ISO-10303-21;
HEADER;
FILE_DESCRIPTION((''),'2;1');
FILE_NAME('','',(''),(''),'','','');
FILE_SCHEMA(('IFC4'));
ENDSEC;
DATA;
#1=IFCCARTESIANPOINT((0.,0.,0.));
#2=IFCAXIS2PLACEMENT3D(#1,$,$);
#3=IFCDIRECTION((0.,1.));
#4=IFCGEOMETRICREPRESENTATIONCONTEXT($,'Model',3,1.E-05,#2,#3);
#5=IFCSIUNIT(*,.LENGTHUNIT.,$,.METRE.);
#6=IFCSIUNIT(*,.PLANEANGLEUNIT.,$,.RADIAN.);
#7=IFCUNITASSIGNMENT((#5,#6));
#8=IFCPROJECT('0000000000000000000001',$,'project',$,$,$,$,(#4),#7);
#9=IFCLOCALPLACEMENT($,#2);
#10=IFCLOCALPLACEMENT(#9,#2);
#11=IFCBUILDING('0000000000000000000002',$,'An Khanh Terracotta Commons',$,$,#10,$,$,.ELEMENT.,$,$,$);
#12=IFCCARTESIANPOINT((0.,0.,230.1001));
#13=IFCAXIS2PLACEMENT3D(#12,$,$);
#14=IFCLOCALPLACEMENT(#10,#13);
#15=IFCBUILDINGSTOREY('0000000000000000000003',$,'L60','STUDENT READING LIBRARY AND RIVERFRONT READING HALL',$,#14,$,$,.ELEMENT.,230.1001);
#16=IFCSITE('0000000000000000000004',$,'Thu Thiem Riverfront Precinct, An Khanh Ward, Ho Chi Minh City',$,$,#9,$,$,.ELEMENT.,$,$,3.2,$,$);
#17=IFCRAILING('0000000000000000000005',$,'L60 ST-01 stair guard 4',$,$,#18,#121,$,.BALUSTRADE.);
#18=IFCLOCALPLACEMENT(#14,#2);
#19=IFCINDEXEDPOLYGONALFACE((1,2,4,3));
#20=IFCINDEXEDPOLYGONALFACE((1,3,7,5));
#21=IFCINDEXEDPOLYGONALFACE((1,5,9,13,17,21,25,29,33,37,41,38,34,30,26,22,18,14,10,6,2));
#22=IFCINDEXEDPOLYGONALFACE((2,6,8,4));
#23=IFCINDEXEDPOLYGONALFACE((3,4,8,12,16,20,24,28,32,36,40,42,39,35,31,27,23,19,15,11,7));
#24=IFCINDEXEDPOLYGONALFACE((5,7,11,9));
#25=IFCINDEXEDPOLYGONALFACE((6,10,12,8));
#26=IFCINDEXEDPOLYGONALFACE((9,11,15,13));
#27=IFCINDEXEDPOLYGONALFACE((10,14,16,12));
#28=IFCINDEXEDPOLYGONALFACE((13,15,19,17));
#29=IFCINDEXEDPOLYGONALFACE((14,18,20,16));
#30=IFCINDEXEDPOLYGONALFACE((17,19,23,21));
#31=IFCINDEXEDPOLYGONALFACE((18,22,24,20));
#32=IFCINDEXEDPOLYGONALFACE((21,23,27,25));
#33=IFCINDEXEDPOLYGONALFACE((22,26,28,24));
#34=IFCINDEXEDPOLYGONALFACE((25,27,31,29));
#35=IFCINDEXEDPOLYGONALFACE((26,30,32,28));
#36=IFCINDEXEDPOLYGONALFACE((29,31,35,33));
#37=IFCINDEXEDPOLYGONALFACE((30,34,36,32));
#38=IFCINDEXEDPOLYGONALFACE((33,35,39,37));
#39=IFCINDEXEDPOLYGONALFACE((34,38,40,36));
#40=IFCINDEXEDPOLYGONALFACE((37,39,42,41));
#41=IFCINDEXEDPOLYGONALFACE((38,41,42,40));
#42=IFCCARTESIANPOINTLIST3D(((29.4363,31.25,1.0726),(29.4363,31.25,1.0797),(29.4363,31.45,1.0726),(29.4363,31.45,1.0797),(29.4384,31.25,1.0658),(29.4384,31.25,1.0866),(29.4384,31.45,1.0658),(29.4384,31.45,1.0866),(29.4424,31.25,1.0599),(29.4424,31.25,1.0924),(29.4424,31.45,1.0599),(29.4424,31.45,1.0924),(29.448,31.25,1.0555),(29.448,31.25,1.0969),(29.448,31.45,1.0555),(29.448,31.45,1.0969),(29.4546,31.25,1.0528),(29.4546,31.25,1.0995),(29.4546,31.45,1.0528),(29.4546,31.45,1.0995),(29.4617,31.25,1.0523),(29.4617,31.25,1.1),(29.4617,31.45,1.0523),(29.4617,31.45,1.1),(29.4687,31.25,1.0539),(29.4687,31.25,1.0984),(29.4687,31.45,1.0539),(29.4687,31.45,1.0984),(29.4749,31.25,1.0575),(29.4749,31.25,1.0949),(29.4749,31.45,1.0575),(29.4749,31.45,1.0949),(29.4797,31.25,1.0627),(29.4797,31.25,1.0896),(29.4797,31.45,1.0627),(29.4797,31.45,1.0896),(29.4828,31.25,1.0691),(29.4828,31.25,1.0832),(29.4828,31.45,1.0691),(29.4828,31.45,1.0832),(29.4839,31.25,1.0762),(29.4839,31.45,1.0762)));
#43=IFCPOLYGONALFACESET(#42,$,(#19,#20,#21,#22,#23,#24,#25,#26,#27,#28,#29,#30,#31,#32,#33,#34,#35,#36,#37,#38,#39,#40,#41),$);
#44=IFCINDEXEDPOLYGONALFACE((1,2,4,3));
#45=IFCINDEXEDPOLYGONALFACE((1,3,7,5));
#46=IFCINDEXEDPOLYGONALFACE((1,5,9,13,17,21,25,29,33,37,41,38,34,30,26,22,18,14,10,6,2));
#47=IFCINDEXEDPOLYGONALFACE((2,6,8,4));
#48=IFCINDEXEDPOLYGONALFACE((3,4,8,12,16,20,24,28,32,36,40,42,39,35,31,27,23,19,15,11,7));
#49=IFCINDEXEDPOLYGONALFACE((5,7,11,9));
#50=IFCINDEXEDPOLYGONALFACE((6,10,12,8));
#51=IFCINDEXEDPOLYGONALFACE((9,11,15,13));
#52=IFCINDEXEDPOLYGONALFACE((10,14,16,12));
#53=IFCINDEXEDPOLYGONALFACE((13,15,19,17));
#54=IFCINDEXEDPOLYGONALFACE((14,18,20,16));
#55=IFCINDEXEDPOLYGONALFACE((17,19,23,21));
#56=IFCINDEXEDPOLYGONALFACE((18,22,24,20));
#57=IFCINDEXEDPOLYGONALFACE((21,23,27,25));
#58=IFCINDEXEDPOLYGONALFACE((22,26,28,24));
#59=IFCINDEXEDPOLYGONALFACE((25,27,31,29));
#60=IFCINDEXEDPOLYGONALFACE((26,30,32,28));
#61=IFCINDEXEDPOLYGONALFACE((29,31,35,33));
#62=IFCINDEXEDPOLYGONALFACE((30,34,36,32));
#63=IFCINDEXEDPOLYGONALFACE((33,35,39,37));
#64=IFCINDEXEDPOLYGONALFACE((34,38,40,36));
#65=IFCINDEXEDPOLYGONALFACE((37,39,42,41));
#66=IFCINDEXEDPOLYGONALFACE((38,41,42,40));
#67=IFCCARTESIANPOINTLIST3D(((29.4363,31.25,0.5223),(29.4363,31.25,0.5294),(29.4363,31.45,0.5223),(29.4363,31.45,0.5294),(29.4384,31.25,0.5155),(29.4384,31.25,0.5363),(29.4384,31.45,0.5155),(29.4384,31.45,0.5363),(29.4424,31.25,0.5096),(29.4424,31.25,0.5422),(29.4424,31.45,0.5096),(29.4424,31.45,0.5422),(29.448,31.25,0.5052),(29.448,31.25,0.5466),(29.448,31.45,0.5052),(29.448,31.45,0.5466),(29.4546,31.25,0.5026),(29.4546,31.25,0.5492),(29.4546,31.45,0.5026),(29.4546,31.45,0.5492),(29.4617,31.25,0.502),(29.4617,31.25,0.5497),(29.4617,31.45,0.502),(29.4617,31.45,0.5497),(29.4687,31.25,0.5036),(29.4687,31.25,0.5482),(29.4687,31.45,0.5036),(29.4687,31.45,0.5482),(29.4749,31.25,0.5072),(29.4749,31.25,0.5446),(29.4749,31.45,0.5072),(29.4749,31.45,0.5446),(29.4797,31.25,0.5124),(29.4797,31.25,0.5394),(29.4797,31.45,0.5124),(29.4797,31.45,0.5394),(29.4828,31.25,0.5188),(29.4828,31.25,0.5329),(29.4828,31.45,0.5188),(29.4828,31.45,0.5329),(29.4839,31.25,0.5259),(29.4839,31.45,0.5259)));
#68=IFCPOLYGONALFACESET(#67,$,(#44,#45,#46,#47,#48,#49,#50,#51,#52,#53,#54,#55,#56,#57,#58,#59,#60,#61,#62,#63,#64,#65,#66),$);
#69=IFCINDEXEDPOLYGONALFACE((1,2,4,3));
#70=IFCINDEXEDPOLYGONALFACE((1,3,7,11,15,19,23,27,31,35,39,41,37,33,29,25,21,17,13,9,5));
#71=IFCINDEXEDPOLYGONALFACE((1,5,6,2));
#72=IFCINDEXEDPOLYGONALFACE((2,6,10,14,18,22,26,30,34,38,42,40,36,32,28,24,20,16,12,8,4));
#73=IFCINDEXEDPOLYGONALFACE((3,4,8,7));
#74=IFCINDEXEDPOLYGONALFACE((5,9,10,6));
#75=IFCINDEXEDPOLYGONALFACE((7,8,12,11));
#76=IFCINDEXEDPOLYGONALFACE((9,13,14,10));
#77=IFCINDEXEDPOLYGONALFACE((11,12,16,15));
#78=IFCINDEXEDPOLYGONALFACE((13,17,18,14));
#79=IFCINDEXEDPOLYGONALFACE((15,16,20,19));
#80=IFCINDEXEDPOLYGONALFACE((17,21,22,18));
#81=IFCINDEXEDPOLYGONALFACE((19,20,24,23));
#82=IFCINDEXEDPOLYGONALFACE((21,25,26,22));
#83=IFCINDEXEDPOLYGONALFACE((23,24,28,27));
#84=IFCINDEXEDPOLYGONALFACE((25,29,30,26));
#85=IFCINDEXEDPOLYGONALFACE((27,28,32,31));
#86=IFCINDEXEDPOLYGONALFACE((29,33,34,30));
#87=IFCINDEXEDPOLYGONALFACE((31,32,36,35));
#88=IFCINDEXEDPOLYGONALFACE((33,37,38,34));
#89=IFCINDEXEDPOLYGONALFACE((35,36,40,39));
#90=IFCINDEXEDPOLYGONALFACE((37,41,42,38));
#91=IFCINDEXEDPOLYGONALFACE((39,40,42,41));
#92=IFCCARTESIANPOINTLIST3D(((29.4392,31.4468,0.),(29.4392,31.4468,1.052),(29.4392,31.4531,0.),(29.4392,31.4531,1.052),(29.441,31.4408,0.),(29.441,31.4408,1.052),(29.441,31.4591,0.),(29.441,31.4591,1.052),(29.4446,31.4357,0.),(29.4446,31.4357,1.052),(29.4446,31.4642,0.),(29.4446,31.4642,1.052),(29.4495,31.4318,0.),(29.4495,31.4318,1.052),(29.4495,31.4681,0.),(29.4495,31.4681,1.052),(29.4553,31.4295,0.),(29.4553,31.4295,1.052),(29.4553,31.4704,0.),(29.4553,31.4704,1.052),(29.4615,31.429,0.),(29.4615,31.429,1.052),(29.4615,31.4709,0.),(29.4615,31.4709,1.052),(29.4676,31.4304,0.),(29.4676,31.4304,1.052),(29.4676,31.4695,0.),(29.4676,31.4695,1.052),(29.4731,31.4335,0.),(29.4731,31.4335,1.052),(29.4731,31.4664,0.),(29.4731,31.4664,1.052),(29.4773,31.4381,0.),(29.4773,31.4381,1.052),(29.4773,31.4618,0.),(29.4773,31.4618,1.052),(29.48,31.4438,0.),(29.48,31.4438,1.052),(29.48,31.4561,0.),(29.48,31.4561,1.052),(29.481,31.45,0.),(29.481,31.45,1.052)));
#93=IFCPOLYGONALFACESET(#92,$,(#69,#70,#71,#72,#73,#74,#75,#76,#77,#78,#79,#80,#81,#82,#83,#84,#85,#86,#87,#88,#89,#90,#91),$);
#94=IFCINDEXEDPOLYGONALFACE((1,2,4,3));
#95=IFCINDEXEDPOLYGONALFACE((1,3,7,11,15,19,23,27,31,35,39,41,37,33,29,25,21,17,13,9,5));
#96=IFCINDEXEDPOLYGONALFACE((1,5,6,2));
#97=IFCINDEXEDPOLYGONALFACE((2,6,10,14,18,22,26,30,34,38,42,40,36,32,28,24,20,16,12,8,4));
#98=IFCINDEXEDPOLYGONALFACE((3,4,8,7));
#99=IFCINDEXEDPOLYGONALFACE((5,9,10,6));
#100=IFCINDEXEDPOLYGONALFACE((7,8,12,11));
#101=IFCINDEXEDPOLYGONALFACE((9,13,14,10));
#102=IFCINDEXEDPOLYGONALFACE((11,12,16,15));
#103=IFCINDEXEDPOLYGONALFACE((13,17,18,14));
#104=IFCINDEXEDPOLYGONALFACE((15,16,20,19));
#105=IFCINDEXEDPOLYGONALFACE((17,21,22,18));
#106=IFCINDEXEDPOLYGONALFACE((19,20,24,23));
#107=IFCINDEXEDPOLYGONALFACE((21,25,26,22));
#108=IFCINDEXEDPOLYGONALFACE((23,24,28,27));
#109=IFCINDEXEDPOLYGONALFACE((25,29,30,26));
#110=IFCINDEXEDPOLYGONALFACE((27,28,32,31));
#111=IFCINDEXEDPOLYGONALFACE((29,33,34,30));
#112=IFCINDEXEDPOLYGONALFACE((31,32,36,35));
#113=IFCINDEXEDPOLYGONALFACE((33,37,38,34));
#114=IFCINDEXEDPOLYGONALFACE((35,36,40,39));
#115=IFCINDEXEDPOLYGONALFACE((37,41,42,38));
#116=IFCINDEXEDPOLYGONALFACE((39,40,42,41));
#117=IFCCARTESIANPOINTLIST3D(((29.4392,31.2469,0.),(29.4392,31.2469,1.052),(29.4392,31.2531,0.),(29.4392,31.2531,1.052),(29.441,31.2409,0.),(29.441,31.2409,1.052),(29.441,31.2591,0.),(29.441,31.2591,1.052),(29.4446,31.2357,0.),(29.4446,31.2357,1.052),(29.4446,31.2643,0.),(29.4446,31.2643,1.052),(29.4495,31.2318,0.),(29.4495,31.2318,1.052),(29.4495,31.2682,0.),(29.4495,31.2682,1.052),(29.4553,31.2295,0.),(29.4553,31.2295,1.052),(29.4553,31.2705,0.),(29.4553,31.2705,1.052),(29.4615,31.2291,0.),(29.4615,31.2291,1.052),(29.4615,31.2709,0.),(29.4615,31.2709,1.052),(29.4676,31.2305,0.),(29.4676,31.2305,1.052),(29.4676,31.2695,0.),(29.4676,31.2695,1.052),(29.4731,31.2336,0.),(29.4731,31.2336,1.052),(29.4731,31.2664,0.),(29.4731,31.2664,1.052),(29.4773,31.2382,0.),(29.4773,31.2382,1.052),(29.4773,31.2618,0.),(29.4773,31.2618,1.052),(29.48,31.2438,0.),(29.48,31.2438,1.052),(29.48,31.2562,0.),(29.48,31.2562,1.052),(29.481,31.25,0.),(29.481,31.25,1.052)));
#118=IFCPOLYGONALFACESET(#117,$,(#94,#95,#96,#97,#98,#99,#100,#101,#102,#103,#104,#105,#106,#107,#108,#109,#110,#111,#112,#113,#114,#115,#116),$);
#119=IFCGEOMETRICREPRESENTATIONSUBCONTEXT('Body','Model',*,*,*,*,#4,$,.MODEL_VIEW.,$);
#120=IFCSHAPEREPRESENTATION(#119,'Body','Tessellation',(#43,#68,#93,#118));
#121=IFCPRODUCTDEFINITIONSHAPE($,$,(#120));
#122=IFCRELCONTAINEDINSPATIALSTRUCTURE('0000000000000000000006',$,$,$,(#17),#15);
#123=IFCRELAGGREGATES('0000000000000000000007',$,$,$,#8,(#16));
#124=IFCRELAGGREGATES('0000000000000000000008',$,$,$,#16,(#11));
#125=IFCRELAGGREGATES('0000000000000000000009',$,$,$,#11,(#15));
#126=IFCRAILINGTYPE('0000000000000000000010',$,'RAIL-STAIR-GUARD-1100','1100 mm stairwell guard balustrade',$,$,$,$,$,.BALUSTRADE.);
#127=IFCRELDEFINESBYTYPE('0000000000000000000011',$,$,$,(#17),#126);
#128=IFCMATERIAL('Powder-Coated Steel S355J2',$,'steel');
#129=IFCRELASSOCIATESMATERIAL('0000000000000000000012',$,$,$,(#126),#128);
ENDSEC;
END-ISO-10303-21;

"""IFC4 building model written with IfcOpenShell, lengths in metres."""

from ifc_helpers import new_model, si_unit, direction, frame, origin, origin_2d, place, context, subcontext, project, spatial, circle, extrude, material, type_object, element, save


model = new_model("IFC4")

# Units and contexts
model_context = context("Model", 3, precision=1e-05, world=origin(), true_north=direction((0.0, 1.0)))
body_context = subcontext(model_context, "Body", "Model", "MODEL_VIEW")
ifc_project = project(units=[si_unit("LENGTHUNIT", "METRE"), si_unit("PLANEANGLEUNIT", "RADIAN")], contexts=[model_context])

# Site, building, storey
site_placement = place(None, origin())
site = spatial("IfcSite", under=ifc_project, at=site_placement, Name="Thu Thiem Riverfront Precinct, An Khanh Ward, Ho Chi Minh City", CompositionType="ELEMENT", RefElevation=3.2)
building_placement = place(site_placement, origin())
building = spatial("IfcBuilding", under=site, at=building_placement, Name="An Khanh Terracotta Commons", CompositionType="ELEMENT")
storey_placement = place(building_placement, frame((0.0, 0.0, 230.1001)))
storey = spatial("IfcBuildingStorey", under=building, at=storey_placement, Name="L60", Description="STUDENT READING LIBRARY AND RIVERFRONT READING HALL", CompositionType="ELEMENT", Elevation=230.1001)

# Railing
ifc_material_1 = material(Name="Powder-Coated Steel S355J2", Category="steel")
railing_type_1 = type_object("IfcRailingType", Name="RAIL-STAIR-GUARD-1100", Description="1100 mm stairwell guard balustrade", PredefinedType="BALUSTRADE", material=ifc_material_1)
railing_1_placement = place(storey_placement, frame((29.46, 31.45, 0.0)))
element("IfcRailing", 1, at=railing_1_placement, inside=storey, type_object=railing_type_1, Name="L60 ST-01 stair guard 4", PredefinedType="BALUSTRADE", context=body_context, shape_type="SweptSolid", body=[
    extrude(circle(Radius=0.0239, at=origin_2d()), frame((0.0, 0.0, 1.0762), z_axis=(0.0, -1.0, 0.0), x_axis=(1.0, 0.0, 0.0)), (0.0, 0.0, 1.0), 0.2),
    extrude(circle(Radius=0.0239, at=origin_2d()), frame((0.0, 0.0, 0.5259), z_axis=(0.0, -1.0, 0.0), x_axis=(1.0, 0.0, 0.0)), (0.0, 0.0, 1.0), 0.2),
    extrude(circle(Radius=0.021, at=origin_2d()), origin(), (0.0, 0.0, 1.0), 1.052),
    extrude(circle(Radius=0.021, at=origin_2d()), frame((0.0, -0.2, 0.0)), (0.0, 0.0, 1.0), 1.052),
])

save(model, "model.ifc")
